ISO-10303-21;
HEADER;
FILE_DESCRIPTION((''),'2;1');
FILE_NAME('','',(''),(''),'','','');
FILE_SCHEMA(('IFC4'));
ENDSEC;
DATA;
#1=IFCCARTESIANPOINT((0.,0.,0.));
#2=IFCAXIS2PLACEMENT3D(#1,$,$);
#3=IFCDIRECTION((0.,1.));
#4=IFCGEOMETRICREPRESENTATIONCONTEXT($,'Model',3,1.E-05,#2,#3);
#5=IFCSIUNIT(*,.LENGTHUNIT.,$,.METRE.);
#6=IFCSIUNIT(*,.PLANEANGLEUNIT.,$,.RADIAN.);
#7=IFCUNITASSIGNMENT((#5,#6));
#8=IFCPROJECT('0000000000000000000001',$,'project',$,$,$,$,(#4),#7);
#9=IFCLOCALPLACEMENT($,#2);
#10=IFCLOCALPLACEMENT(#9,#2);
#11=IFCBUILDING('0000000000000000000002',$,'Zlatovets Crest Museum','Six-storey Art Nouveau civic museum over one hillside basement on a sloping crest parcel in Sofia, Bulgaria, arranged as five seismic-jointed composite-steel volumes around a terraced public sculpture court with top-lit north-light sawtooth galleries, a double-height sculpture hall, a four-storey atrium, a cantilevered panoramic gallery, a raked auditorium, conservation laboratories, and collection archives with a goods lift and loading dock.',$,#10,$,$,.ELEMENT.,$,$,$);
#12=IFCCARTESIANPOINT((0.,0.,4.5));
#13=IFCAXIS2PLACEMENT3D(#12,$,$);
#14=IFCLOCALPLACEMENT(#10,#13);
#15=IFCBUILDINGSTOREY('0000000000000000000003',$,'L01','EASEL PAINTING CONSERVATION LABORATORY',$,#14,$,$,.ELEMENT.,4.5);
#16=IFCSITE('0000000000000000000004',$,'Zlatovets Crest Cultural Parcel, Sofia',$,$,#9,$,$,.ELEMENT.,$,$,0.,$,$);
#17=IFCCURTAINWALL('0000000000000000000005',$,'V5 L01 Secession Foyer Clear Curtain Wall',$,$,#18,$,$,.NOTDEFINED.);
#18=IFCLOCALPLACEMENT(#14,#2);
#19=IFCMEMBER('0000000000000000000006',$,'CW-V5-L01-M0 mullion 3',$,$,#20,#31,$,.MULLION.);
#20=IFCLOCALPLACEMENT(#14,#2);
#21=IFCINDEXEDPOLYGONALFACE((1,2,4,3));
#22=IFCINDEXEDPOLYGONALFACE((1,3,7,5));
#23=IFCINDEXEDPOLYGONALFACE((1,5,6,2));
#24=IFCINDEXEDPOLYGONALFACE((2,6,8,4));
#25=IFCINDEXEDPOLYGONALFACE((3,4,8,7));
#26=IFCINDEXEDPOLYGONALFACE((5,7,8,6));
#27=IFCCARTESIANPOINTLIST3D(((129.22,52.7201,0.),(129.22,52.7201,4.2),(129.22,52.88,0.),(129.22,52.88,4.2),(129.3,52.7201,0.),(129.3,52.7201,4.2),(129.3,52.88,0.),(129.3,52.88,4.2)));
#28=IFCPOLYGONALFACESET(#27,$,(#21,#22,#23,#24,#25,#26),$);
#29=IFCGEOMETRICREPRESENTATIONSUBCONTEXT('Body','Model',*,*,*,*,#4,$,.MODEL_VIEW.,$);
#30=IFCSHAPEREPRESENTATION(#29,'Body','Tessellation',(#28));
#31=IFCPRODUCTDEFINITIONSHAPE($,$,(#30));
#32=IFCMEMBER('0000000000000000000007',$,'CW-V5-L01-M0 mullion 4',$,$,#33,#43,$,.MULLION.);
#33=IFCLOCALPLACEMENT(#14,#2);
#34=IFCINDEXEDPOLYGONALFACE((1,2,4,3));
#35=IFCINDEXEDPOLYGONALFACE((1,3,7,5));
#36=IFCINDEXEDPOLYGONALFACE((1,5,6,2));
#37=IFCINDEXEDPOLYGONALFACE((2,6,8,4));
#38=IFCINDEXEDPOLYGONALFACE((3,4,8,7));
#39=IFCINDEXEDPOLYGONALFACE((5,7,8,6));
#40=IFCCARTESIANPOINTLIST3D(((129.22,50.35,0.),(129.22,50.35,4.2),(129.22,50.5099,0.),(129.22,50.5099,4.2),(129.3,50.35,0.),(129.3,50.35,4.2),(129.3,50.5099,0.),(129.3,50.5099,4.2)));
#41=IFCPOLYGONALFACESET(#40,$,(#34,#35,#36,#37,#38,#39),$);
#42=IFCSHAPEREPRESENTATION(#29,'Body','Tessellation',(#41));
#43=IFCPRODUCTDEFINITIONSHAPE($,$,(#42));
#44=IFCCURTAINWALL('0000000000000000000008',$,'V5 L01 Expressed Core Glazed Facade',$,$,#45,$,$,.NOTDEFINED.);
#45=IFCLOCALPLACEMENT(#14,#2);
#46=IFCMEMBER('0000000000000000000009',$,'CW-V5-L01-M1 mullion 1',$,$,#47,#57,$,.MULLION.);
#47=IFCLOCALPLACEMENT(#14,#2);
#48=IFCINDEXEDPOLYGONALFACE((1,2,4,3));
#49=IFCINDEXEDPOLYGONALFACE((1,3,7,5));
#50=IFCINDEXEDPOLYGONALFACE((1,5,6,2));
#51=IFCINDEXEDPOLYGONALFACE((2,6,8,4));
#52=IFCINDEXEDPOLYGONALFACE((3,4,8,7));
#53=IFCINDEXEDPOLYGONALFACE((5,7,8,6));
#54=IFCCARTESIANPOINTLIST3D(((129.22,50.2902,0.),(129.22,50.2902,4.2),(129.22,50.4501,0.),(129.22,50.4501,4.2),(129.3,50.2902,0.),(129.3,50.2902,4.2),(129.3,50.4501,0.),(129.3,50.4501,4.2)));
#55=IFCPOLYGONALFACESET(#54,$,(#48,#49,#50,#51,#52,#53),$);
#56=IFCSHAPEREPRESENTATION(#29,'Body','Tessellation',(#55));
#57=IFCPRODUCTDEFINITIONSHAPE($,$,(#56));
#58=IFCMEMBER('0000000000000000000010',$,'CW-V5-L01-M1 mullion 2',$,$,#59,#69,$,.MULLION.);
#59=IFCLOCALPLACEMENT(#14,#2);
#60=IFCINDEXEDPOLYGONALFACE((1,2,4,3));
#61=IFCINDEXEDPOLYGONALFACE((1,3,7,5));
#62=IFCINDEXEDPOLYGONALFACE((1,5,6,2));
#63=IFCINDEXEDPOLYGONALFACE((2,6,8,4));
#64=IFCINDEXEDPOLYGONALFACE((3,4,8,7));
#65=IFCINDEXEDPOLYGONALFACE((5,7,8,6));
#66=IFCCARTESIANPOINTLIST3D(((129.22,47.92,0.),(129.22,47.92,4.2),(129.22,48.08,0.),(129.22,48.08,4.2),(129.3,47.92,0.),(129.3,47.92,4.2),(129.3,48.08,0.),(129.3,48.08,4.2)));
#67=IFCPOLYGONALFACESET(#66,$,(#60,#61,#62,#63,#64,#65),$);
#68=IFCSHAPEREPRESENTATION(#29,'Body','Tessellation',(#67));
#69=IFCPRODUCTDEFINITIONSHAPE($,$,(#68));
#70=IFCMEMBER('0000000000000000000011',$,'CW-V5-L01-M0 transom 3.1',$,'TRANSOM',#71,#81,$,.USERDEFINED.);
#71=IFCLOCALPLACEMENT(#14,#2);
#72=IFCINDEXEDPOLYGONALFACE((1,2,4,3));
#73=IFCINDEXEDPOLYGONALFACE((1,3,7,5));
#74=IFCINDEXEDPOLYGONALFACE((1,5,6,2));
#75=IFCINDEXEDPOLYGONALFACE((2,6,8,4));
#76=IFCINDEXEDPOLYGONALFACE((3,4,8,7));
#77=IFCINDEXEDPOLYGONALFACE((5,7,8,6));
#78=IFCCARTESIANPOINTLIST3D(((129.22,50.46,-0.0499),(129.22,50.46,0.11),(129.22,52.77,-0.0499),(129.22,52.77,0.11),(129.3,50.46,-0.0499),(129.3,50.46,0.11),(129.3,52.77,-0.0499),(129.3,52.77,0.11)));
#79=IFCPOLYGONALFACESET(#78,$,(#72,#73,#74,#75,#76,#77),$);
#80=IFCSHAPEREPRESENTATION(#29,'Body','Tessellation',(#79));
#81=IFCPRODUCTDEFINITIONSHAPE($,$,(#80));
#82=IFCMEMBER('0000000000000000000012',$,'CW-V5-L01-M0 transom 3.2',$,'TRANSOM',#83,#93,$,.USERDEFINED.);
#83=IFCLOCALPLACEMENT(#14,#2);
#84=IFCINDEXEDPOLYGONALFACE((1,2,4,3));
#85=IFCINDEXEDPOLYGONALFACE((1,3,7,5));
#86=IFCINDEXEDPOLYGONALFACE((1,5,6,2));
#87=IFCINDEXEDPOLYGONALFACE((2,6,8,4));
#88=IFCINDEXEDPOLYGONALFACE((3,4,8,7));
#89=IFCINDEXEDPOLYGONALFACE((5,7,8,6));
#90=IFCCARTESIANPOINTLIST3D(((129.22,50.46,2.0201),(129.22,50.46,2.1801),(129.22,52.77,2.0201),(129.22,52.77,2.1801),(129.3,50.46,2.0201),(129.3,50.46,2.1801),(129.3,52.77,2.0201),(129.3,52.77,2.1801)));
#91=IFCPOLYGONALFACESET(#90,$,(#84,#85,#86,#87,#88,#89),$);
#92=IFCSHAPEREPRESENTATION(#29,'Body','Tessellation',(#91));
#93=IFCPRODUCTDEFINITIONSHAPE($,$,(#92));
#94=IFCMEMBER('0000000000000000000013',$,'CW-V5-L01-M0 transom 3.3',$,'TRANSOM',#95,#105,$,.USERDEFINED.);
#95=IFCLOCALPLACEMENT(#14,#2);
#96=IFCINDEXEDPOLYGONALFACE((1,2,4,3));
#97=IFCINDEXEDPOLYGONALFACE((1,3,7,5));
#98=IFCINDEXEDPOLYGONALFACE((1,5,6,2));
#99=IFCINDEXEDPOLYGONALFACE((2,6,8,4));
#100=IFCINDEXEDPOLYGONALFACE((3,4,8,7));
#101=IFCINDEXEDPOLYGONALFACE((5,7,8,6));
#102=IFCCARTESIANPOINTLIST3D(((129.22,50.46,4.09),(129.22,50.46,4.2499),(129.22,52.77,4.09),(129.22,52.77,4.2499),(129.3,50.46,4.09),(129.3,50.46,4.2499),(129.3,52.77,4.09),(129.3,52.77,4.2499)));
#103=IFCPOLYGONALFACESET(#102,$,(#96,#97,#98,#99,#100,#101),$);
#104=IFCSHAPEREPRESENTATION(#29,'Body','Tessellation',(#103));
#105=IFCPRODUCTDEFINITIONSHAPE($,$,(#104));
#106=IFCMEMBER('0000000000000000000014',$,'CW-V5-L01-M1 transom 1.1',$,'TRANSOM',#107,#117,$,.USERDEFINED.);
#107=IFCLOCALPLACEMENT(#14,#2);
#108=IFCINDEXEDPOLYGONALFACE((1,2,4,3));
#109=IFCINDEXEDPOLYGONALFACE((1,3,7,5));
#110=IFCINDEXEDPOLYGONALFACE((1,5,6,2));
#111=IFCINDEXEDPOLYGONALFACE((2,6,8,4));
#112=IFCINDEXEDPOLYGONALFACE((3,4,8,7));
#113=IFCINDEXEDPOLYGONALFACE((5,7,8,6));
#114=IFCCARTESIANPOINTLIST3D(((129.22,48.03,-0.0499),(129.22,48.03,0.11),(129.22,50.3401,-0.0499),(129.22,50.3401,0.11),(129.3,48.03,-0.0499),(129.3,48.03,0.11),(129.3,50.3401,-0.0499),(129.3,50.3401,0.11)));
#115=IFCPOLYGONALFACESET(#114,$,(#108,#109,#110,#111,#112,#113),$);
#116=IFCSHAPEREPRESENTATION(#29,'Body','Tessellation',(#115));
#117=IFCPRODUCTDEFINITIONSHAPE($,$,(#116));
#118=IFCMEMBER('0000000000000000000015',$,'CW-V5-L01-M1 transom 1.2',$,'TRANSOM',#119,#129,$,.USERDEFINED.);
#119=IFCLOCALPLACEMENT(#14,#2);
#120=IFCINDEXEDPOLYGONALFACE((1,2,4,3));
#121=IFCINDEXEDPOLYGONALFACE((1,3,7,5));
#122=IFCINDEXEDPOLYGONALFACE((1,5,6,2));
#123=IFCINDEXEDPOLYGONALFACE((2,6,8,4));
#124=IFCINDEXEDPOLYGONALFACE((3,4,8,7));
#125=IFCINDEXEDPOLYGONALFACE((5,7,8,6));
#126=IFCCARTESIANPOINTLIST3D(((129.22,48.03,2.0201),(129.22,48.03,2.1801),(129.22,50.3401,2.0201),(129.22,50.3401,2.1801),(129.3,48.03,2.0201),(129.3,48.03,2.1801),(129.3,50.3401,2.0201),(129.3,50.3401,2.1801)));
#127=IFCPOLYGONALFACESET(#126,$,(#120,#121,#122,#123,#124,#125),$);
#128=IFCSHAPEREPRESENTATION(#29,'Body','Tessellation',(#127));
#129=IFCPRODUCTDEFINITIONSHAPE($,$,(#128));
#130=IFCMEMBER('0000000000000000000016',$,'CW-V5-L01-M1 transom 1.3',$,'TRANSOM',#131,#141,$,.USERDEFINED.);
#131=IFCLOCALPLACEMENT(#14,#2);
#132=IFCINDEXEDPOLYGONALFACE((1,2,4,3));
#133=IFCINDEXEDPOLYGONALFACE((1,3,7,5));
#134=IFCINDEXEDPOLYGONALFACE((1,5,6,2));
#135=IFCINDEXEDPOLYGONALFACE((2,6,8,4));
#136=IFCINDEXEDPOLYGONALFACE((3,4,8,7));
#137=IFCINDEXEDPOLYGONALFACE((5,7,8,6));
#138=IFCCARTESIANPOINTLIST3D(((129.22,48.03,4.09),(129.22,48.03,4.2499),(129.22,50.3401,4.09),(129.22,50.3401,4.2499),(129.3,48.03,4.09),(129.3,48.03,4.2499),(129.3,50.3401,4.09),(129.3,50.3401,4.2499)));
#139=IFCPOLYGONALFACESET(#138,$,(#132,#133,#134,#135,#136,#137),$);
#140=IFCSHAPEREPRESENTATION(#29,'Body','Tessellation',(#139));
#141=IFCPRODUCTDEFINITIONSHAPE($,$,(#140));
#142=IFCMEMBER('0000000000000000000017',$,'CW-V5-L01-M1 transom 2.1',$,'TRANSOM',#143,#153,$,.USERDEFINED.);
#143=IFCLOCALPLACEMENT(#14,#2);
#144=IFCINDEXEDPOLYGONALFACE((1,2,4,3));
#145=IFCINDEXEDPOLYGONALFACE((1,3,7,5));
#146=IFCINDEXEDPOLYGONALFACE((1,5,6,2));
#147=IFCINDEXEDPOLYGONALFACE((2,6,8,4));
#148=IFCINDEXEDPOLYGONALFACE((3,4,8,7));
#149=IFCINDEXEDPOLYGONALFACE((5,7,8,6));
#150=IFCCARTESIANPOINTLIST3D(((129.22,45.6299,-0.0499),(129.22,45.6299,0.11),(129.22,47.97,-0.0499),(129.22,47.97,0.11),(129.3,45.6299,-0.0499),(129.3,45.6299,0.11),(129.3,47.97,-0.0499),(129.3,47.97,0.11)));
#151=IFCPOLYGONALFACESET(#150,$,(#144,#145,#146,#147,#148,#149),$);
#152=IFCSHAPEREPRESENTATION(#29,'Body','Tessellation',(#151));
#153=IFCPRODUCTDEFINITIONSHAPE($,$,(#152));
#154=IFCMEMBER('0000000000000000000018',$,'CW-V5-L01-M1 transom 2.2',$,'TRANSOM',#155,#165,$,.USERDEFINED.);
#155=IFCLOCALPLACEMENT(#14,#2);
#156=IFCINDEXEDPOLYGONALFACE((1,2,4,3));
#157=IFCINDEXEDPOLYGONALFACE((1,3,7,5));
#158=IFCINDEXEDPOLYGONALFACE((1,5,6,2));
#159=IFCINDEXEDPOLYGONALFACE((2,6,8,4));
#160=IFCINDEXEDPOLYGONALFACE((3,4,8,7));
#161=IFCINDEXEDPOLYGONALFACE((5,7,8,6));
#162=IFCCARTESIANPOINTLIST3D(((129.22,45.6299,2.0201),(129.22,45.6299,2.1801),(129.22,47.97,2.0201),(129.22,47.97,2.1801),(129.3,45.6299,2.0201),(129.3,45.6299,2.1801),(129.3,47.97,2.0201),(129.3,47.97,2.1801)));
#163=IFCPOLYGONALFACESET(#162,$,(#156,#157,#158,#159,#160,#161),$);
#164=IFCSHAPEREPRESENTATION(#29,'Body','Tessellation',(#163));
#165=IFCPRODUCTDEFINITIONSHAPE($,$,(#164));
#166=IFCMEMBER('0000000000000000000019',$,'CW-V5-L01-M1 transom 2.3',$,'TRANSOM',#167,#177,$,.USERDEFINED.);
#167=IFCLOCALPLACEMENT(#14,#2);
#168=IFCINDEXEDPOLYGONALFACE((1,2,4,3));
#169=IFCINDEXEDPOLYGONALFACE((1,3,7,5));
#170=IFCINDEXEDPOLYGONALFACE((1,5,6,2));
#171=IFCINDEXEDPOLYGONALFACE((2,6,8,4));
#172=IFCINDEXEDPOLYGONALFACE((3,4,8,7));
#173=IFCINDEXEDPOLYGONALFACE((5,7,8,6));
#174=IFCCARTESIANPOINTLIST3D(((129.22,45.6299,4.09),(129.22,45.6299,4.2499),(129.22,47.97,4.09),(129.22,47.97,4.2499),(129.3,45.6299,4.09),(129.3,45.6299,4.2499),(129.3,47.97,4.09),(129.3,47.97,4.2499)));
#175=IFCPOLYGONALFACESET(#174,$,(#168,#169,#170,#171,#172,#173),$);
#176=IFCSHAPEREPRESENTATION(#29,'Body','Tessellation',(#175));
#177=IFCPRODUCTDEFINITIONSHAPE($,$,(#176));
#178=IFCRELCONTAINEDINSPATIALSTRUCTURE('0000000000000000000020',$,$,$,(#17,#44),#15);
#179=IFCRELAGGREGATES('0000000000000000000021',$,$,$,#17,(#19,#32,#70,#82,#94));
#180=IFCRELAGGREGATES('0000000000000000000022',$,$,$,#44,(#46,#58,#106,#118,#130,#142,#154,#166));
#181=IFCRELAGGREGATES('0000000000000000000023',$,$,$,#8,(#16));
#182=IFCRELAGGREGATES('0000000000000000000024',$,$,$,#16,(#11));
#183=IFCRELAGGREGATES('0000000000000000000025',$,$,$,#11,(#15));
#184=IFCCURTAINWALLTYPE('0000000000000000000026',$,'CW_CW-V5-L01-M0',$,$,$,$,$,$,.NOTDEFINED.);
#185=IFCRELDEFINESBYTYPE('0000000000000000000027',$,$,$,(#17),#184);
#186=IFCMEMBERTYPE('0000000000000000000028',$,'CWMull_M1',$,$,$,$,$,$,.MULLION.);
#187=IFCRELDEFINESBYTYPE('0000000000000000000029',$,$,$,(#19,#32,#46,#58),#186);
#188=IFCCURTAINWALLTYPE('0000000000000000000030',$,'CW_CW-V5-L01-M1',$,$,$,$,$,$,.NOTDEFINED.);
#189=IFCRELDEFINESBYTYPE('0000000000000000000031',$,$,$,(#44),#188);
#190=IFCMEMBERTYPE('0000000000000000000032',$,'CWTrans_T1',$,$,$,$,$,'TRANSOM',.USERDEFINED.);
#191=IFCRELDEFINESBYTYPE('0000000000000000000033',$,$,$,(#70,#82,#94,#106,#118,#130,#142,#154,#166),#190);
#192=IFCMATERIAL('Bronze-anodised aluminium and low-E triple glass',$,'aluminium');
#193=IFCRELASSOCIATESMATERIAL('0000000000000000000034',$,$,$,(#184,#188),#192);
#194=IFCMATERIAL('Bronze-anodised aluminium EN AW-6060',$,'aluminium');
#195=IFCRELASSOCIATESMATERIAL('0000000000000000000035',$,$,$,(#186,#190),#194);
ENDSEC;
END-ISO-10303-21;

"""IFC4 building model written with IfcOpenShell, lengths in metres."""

from ifc_helpers import new_model, si_unit, direction, frame, origin, origin_2d, place, context, subcontext, project, spatial, rectangle, extrude, material, material_profile, profile_set, type_object, element, aggregate, save


model = new_model("IFC4")

# Units and contexts
model_context = context("Model", 3, precision=1e-05, world=origin(), true_north=direction((0.0, 1.0)))
body_context = subcontext(model_context, "Body", "Model", "MODEL_VIEW")
ifc_project = project(units=[si_unit("LENGTHUNIT", "METRE"), si_unit("PLANEANGLEUNIT", "RADIAN")], contexts=[model_context])

# Site, building, storey
site_placement = place(None, origin())
site = spatial("IfcSite", under=ifc_project, at=site_placement, Name="Zlatovets Crest Cultural Parcel, Sofia", CompositionType="ELEMENT", RefElevation=0.0)
building_placement = place(site_placement, origin())
building = spatial("IfcBuilding", under=site, at=building_placement, Name="Zlatovets Crest Museum", Description="Six-storey Art Nouveau civic museum over one hillside basement on a sloping crest parcel in Sofia, Bulgaria, arranged as five seismic-jointed composite-steel volumes around a terraced public sculpture court with top-lit north-light sawtooth galleries, a double-height sculpture hall, a four-storey atrium, a cantilevered panoramic gallery, a raked auditorium, conservation laboratories, and collection archives with a goods lift and loading dock.", CompositionType="ELEMENT")
storey_placement = place(building_placement, frame((0.0, 0.0, 4.5)))
storey = spatial("IfcBuildingStorey", under=building, at=storey_placement, Name="L01", Description="EASEL PAINTING CONSERVATION LABORATORY", CompositionType="ELEMENT", Elevation=4.5)

# Curtain walls, members
ifc_material_1 = material(Name="Bronze-anodised aluminium and low-E triple glass", Category="aluminium")
curtain_wall_type_1 = type_object("IfcCurtainWallType", Name="CW_CW-V5-L01-M0", PredefinedType="NOTDEFINED", material=ifc_material_1)
curtain_wall_1_placement = place(storey_placement, origin())
curtain_wall_1 = element("IfcCurtainWall", 1, at=curtain_wall_1_placement, inside=storey, type_object=curtain_wall_type_1, Name="V5 L01 Secession Foyer Clear Curtain Wall", PredefinedType="NOTDEFINED")
ifc_material_2 = material(Name="Bronze-anodised aluminium EN AW-6060", Category="aluminium")
ifc_material_profile_1 = material_profile(ifc_material_2, rectangle(XDim=0.0801, YDim=0.1599, at=origin_2d()), Name="ALU 80x160")
ifc_profile_set_1 = profile_set([ifc_material_profile_1], Name="Bronze-anodised aluminium EN AW-6060")
member_type_1 = type_object("IfcMemberType", Name="CWMull_M1", PredefinedType="MULLION", material=ifc_profile_set_1)
member_1_placement = place(storey_placement, frame((129.26, 52.8, 0.0), z_axis=(0.0, 0.0, 1.0), x_axis=(1.0, 0.0, 0.0)))
member_1 = element("IfcMember", 2, at=member_1_placement, type_object=member_type_1, Name="CW-V5-L01-M0 mullion 3", PredefinedType="MULLION", context=body_context, shape_type="SweptSolid", body=[
    extrude(rectangle(XDim=0.0801, YDim=0.1599, at=origin_2d()), origin(), (0.0, 0.0, 1.0), 4.2),
])
member_2_placement = place(storey_placement, frame((129.26, 50.4299, 0.0), z_axis=(0.0, 0.0, 1.0), x_axis=(1.0, 0.0, 0.0)))
member_2 = element("IfcMember", 3, at=member_2_placement, type_object=member_type_1, Name="CW-V5-L01-M0 mullion 4", PredefinedType="MULLION", context=body_context, shape_type="SweptSolid", body=[
    extrude(rectangle(XDim=0.0801, YDim=0.1599, at=origin_2d()), origin(), (0.0, 0.0, 1.0), 4.2),
])
curtain_wall_type_2 = type_object("IfcCurtainWallType", Name="CW_CW-V5-L01-M1", PredefinedType="NOTDEFINED", material=ifc_material_1)
curtain_wall_2_placement = place(storey_placement, origin())
curtain_wall_2 = element("IfcCurtainWall", 4, at=curtain_wall_2_placement, inside=storey, type_object=curtain_wall_type_2, Name="V5 L01 Expressed Core Glazed Facade", PredefinedType="NOTDEFINED")
member_3_placement = place(storey_placement, frame((129.26, 50.3701, 0.0), z_axis=(0.0, 0.0, 1.0), x_axis=(1.0, 0.0, 0.0)))
member_3 = element("IfcMember", 5, at=member_3_placement, type_object=member_type_1, Name="CW-V5-L01-M1 mullion 1", PredefinedType="MULLION", context=body_context, shape_type="SweptSolid", body=[
    extrude(rectangle(XDim=0.0801, YDim=0.1599, at=origin_2d()), origin(), (0.0, 0.0, 1.0), 4.2),
])
member_4_placement = place(storey_placement, frame((129.26, 48.0, 0.0), z_axis=(0.0, 0.0, 1.0), x_axis=(1.0, 0.0, 0.0)))
member_4 = element("IfcMember", 6, at=member_4_placement, type_object=member_type_1, Name="CW-V5-L01-M1 mullion 2", PredefinedType="MULLION", context=body_context, shape_type="SweptSolid", body=[
    extrude(rectangle(XDim=0.0801, YDim=0.1599, at=origin_2d()), origin(), (0.0, 0.0, 1.0), 4.2),
])

# Members
ifc_material_profile_2 = material_profile(ifc_material_2, rectangle(XDim=0.0801, YDim=0.1599, at=origin_2d()), Name="ALU 80x160")
ifc_profile_set_2 = profile_set([ifc_material_profile_2], Name="Bronze-anodised aluminium EN AW-6060")
member_type_2 = type_object("IfcMemberType", Name="CWTrans_T1", ElementType="TRANSOM", PredefinedType="USERDEFINED", material=ifc_profile_set_2)
member_5_placement = place(storey_placement, frame((129.26, 52.77, 0.03), z_axis=(0.0, -1.0, 0.0), x_axis=(1.0, 0.0, 0.0)))
member_5 = element("IfcMember", 7, at=member_5_placement, type_object=member_type_2, Name="CW-V5-L01-M0 transom 3.1", ObjectType="TRANSOM", PredefinedType="USERDEFINED", context=body_context, shape_type="SweptSolid", body=[
    extrude(rectangle(XDim=0.0801, YDim=0.1599, at=origin_2d()), origin(), (0.0, 0.0, 1.0), 2.3101),
])
member_6_placement = place(storey_placement, frame((129.26, 52.77, 2.1001), z_axis=(0.0, -1.0, 0.0), x_axis=(1.0, 0.0, 0.0)))
member_6 = element("IfcMember", 8, at=member_6_placement, type_object=member_type_2, Name="CW-V5-L01-M0 transom 3.2", ObjectType="TRANSOM", PredefinedType="USERDEFINED", context=body_context, shape_type="SweptSolid", body=[
    extrude(rectangle(XDim=0.0801, YDim=0.1599, at=origin_2d()), origin(), (0.0, 0.0, 1.0), 2.3101),
])
member_7_placement = place(storey_placement, frame((129.26, 52.77, 4.1699), z_axis=(0.0, -1.0, 0.0), x_axis=(1.0, 0.0, 0.0)))
member_7 = element("IfcMember", 9, at=member_7_placement, type_object=member_type_2, Name="CW-V5-L01-M0 transom 3.3", ObjectType="TRANSOM", PredefinedType="USERDEFINED", context=body_context, shape_type="SweptSolid", body=[
    extrude(rectangle(XDim=0.0801, YDim=0.1599, at=origin_2d()), origin(), (0.0, 0.0, 1.0), 2.3101),
])
member_8_placement = place(storey_placement, frame((129.26, 50.3401, 0.03), z_axis=(0.0, -1.0, 0.0), x_axis=(1.0, 0.0, 0.0)))
member_8 = element("IfcMember", 10, at=member_8_placement, type_object=member_type_2, Name="CW-V5-L01-M1 transom 1.1", ObjectType="TRANSOM", PredefinedType="USERDEFINED", context=body_context, shape_type="SweptSolid", body=[
    extrude(rectangle(XDim=0.0801, YDim=0.1599, at=origin_2d()), origin(), (0.0, 0.0, 1.0), 2.3101),
])
member_9_placement = place(storey_placement, frame((129.26, 50.3401, 2.1001), z_axis=(0.0, -1.0, 0.0), x_axis=(1.0, 0.0, 0.0)))
member_9 = element("IfcMember", 11, at=member_9_placement, type_object=member_type_2, Name="CW-V5-L01-M1 transom 1.2", ObjectType="TRANSOM", PredefinedType="USERDEFINED", context=body_context, shape_type="SweptSolid", body=[
    extrude(rectangle(XDim=0.0801, YDim=0.1599, at=origin_2d()), origin(), (0.0, 0.0, 1.0), 2.3101),
])
member_10_placement = place(storey_placement, frame((129.26, 50.3401, 4.1699), z_axis=(0.0, -1.0, 0.0), x_axis=(1.0, 0.0, 0.0)))
member_10 = element("IfcMember", 12, at=member_10_placement, type_object=member_type_2, Name="CW-V5-L01-M1 transom 1.3", ObjectType="TRANSOM", PredefinedType="USERDEFINED", context=body_context, shape_type="SweptSolid", body=[
    extrude(rectangle(XDim=0.0801, YDim=0.1599, at=origin_2d()), origin(), (0.0, 0.0, 1.0), 2.3101),
])
member_11_placement = place(storey_placement, frame((129.26, 47.97, 0.03), z_axis=(0.0, -1.0, 0.0), x_axis=(1.0, 0.0, 0.0)))
member_11 = element("IfcMember", 13, at=member_11_placement, type_object=member_type_2, Name="CW-V5-L01-M1 transom 2.1", ObjectType="TRANSOM", PredefinedType="USERDEFINED", context=body_context, shape_type="SweptSolid", body=[
    extrude(rectangle(XDim=0.0801, YDim=0.1599, at=origin_2d()), origin(), (0.0, 0.0, 1.0), 2.3401),
])
member_12_placement = place(storey_placement, frame((129.26, 47.97, 2.1001), z_axis=(0.0, -1.0, 0.0), x_axis=(1.0, 0.0, 0.0)))
member_12 = element("IfcMember", 14, at=member_12_placement, type_object=member_type_2, Name="CW-V5-L01-M1 transom 2.2", ObjectType="TRANSOM", PredefinedType="USERDEFINED", context=body_context, shape_type="SweptSolid", body=[
    extrude(rectangle(XDim=0.0801, YDim=0.1599, at=origin_2d()), origin(), (0.0, 0.0, 1.0), 2.3401),
])
member_13_placement = place(storey_placement, frame((129.26, 47.97, 4.1699), z_axis=(0.0, -1.0, 0.0), x_axis=(1.0, 0.0, 0.0)))
member_13 = element("IfcMember", 15, at=member_13_placement, type_object=member_type_2, Name="CW-V5-L01-M1 transom 2.3", ObjectType="TRANSOM", PredefinedType="USERDEFINED", context=body_context, shape_type="SweptSolid", body=[
    extrude(rectangle(XDim=0.0801, YDim=0.1599, at=origin_2d()), origin(), (0.0, 0.0, 1.0), 2.3401),
])

aggregate(curtain_wall_1, [member_1, member_2, member_5, member_6, member_7])
aggregate(curtain_wall_2, [member_3, member_4, member_8, member_9, member_10, member_11, member_12, member_13])

save(model, "model.ifc")
